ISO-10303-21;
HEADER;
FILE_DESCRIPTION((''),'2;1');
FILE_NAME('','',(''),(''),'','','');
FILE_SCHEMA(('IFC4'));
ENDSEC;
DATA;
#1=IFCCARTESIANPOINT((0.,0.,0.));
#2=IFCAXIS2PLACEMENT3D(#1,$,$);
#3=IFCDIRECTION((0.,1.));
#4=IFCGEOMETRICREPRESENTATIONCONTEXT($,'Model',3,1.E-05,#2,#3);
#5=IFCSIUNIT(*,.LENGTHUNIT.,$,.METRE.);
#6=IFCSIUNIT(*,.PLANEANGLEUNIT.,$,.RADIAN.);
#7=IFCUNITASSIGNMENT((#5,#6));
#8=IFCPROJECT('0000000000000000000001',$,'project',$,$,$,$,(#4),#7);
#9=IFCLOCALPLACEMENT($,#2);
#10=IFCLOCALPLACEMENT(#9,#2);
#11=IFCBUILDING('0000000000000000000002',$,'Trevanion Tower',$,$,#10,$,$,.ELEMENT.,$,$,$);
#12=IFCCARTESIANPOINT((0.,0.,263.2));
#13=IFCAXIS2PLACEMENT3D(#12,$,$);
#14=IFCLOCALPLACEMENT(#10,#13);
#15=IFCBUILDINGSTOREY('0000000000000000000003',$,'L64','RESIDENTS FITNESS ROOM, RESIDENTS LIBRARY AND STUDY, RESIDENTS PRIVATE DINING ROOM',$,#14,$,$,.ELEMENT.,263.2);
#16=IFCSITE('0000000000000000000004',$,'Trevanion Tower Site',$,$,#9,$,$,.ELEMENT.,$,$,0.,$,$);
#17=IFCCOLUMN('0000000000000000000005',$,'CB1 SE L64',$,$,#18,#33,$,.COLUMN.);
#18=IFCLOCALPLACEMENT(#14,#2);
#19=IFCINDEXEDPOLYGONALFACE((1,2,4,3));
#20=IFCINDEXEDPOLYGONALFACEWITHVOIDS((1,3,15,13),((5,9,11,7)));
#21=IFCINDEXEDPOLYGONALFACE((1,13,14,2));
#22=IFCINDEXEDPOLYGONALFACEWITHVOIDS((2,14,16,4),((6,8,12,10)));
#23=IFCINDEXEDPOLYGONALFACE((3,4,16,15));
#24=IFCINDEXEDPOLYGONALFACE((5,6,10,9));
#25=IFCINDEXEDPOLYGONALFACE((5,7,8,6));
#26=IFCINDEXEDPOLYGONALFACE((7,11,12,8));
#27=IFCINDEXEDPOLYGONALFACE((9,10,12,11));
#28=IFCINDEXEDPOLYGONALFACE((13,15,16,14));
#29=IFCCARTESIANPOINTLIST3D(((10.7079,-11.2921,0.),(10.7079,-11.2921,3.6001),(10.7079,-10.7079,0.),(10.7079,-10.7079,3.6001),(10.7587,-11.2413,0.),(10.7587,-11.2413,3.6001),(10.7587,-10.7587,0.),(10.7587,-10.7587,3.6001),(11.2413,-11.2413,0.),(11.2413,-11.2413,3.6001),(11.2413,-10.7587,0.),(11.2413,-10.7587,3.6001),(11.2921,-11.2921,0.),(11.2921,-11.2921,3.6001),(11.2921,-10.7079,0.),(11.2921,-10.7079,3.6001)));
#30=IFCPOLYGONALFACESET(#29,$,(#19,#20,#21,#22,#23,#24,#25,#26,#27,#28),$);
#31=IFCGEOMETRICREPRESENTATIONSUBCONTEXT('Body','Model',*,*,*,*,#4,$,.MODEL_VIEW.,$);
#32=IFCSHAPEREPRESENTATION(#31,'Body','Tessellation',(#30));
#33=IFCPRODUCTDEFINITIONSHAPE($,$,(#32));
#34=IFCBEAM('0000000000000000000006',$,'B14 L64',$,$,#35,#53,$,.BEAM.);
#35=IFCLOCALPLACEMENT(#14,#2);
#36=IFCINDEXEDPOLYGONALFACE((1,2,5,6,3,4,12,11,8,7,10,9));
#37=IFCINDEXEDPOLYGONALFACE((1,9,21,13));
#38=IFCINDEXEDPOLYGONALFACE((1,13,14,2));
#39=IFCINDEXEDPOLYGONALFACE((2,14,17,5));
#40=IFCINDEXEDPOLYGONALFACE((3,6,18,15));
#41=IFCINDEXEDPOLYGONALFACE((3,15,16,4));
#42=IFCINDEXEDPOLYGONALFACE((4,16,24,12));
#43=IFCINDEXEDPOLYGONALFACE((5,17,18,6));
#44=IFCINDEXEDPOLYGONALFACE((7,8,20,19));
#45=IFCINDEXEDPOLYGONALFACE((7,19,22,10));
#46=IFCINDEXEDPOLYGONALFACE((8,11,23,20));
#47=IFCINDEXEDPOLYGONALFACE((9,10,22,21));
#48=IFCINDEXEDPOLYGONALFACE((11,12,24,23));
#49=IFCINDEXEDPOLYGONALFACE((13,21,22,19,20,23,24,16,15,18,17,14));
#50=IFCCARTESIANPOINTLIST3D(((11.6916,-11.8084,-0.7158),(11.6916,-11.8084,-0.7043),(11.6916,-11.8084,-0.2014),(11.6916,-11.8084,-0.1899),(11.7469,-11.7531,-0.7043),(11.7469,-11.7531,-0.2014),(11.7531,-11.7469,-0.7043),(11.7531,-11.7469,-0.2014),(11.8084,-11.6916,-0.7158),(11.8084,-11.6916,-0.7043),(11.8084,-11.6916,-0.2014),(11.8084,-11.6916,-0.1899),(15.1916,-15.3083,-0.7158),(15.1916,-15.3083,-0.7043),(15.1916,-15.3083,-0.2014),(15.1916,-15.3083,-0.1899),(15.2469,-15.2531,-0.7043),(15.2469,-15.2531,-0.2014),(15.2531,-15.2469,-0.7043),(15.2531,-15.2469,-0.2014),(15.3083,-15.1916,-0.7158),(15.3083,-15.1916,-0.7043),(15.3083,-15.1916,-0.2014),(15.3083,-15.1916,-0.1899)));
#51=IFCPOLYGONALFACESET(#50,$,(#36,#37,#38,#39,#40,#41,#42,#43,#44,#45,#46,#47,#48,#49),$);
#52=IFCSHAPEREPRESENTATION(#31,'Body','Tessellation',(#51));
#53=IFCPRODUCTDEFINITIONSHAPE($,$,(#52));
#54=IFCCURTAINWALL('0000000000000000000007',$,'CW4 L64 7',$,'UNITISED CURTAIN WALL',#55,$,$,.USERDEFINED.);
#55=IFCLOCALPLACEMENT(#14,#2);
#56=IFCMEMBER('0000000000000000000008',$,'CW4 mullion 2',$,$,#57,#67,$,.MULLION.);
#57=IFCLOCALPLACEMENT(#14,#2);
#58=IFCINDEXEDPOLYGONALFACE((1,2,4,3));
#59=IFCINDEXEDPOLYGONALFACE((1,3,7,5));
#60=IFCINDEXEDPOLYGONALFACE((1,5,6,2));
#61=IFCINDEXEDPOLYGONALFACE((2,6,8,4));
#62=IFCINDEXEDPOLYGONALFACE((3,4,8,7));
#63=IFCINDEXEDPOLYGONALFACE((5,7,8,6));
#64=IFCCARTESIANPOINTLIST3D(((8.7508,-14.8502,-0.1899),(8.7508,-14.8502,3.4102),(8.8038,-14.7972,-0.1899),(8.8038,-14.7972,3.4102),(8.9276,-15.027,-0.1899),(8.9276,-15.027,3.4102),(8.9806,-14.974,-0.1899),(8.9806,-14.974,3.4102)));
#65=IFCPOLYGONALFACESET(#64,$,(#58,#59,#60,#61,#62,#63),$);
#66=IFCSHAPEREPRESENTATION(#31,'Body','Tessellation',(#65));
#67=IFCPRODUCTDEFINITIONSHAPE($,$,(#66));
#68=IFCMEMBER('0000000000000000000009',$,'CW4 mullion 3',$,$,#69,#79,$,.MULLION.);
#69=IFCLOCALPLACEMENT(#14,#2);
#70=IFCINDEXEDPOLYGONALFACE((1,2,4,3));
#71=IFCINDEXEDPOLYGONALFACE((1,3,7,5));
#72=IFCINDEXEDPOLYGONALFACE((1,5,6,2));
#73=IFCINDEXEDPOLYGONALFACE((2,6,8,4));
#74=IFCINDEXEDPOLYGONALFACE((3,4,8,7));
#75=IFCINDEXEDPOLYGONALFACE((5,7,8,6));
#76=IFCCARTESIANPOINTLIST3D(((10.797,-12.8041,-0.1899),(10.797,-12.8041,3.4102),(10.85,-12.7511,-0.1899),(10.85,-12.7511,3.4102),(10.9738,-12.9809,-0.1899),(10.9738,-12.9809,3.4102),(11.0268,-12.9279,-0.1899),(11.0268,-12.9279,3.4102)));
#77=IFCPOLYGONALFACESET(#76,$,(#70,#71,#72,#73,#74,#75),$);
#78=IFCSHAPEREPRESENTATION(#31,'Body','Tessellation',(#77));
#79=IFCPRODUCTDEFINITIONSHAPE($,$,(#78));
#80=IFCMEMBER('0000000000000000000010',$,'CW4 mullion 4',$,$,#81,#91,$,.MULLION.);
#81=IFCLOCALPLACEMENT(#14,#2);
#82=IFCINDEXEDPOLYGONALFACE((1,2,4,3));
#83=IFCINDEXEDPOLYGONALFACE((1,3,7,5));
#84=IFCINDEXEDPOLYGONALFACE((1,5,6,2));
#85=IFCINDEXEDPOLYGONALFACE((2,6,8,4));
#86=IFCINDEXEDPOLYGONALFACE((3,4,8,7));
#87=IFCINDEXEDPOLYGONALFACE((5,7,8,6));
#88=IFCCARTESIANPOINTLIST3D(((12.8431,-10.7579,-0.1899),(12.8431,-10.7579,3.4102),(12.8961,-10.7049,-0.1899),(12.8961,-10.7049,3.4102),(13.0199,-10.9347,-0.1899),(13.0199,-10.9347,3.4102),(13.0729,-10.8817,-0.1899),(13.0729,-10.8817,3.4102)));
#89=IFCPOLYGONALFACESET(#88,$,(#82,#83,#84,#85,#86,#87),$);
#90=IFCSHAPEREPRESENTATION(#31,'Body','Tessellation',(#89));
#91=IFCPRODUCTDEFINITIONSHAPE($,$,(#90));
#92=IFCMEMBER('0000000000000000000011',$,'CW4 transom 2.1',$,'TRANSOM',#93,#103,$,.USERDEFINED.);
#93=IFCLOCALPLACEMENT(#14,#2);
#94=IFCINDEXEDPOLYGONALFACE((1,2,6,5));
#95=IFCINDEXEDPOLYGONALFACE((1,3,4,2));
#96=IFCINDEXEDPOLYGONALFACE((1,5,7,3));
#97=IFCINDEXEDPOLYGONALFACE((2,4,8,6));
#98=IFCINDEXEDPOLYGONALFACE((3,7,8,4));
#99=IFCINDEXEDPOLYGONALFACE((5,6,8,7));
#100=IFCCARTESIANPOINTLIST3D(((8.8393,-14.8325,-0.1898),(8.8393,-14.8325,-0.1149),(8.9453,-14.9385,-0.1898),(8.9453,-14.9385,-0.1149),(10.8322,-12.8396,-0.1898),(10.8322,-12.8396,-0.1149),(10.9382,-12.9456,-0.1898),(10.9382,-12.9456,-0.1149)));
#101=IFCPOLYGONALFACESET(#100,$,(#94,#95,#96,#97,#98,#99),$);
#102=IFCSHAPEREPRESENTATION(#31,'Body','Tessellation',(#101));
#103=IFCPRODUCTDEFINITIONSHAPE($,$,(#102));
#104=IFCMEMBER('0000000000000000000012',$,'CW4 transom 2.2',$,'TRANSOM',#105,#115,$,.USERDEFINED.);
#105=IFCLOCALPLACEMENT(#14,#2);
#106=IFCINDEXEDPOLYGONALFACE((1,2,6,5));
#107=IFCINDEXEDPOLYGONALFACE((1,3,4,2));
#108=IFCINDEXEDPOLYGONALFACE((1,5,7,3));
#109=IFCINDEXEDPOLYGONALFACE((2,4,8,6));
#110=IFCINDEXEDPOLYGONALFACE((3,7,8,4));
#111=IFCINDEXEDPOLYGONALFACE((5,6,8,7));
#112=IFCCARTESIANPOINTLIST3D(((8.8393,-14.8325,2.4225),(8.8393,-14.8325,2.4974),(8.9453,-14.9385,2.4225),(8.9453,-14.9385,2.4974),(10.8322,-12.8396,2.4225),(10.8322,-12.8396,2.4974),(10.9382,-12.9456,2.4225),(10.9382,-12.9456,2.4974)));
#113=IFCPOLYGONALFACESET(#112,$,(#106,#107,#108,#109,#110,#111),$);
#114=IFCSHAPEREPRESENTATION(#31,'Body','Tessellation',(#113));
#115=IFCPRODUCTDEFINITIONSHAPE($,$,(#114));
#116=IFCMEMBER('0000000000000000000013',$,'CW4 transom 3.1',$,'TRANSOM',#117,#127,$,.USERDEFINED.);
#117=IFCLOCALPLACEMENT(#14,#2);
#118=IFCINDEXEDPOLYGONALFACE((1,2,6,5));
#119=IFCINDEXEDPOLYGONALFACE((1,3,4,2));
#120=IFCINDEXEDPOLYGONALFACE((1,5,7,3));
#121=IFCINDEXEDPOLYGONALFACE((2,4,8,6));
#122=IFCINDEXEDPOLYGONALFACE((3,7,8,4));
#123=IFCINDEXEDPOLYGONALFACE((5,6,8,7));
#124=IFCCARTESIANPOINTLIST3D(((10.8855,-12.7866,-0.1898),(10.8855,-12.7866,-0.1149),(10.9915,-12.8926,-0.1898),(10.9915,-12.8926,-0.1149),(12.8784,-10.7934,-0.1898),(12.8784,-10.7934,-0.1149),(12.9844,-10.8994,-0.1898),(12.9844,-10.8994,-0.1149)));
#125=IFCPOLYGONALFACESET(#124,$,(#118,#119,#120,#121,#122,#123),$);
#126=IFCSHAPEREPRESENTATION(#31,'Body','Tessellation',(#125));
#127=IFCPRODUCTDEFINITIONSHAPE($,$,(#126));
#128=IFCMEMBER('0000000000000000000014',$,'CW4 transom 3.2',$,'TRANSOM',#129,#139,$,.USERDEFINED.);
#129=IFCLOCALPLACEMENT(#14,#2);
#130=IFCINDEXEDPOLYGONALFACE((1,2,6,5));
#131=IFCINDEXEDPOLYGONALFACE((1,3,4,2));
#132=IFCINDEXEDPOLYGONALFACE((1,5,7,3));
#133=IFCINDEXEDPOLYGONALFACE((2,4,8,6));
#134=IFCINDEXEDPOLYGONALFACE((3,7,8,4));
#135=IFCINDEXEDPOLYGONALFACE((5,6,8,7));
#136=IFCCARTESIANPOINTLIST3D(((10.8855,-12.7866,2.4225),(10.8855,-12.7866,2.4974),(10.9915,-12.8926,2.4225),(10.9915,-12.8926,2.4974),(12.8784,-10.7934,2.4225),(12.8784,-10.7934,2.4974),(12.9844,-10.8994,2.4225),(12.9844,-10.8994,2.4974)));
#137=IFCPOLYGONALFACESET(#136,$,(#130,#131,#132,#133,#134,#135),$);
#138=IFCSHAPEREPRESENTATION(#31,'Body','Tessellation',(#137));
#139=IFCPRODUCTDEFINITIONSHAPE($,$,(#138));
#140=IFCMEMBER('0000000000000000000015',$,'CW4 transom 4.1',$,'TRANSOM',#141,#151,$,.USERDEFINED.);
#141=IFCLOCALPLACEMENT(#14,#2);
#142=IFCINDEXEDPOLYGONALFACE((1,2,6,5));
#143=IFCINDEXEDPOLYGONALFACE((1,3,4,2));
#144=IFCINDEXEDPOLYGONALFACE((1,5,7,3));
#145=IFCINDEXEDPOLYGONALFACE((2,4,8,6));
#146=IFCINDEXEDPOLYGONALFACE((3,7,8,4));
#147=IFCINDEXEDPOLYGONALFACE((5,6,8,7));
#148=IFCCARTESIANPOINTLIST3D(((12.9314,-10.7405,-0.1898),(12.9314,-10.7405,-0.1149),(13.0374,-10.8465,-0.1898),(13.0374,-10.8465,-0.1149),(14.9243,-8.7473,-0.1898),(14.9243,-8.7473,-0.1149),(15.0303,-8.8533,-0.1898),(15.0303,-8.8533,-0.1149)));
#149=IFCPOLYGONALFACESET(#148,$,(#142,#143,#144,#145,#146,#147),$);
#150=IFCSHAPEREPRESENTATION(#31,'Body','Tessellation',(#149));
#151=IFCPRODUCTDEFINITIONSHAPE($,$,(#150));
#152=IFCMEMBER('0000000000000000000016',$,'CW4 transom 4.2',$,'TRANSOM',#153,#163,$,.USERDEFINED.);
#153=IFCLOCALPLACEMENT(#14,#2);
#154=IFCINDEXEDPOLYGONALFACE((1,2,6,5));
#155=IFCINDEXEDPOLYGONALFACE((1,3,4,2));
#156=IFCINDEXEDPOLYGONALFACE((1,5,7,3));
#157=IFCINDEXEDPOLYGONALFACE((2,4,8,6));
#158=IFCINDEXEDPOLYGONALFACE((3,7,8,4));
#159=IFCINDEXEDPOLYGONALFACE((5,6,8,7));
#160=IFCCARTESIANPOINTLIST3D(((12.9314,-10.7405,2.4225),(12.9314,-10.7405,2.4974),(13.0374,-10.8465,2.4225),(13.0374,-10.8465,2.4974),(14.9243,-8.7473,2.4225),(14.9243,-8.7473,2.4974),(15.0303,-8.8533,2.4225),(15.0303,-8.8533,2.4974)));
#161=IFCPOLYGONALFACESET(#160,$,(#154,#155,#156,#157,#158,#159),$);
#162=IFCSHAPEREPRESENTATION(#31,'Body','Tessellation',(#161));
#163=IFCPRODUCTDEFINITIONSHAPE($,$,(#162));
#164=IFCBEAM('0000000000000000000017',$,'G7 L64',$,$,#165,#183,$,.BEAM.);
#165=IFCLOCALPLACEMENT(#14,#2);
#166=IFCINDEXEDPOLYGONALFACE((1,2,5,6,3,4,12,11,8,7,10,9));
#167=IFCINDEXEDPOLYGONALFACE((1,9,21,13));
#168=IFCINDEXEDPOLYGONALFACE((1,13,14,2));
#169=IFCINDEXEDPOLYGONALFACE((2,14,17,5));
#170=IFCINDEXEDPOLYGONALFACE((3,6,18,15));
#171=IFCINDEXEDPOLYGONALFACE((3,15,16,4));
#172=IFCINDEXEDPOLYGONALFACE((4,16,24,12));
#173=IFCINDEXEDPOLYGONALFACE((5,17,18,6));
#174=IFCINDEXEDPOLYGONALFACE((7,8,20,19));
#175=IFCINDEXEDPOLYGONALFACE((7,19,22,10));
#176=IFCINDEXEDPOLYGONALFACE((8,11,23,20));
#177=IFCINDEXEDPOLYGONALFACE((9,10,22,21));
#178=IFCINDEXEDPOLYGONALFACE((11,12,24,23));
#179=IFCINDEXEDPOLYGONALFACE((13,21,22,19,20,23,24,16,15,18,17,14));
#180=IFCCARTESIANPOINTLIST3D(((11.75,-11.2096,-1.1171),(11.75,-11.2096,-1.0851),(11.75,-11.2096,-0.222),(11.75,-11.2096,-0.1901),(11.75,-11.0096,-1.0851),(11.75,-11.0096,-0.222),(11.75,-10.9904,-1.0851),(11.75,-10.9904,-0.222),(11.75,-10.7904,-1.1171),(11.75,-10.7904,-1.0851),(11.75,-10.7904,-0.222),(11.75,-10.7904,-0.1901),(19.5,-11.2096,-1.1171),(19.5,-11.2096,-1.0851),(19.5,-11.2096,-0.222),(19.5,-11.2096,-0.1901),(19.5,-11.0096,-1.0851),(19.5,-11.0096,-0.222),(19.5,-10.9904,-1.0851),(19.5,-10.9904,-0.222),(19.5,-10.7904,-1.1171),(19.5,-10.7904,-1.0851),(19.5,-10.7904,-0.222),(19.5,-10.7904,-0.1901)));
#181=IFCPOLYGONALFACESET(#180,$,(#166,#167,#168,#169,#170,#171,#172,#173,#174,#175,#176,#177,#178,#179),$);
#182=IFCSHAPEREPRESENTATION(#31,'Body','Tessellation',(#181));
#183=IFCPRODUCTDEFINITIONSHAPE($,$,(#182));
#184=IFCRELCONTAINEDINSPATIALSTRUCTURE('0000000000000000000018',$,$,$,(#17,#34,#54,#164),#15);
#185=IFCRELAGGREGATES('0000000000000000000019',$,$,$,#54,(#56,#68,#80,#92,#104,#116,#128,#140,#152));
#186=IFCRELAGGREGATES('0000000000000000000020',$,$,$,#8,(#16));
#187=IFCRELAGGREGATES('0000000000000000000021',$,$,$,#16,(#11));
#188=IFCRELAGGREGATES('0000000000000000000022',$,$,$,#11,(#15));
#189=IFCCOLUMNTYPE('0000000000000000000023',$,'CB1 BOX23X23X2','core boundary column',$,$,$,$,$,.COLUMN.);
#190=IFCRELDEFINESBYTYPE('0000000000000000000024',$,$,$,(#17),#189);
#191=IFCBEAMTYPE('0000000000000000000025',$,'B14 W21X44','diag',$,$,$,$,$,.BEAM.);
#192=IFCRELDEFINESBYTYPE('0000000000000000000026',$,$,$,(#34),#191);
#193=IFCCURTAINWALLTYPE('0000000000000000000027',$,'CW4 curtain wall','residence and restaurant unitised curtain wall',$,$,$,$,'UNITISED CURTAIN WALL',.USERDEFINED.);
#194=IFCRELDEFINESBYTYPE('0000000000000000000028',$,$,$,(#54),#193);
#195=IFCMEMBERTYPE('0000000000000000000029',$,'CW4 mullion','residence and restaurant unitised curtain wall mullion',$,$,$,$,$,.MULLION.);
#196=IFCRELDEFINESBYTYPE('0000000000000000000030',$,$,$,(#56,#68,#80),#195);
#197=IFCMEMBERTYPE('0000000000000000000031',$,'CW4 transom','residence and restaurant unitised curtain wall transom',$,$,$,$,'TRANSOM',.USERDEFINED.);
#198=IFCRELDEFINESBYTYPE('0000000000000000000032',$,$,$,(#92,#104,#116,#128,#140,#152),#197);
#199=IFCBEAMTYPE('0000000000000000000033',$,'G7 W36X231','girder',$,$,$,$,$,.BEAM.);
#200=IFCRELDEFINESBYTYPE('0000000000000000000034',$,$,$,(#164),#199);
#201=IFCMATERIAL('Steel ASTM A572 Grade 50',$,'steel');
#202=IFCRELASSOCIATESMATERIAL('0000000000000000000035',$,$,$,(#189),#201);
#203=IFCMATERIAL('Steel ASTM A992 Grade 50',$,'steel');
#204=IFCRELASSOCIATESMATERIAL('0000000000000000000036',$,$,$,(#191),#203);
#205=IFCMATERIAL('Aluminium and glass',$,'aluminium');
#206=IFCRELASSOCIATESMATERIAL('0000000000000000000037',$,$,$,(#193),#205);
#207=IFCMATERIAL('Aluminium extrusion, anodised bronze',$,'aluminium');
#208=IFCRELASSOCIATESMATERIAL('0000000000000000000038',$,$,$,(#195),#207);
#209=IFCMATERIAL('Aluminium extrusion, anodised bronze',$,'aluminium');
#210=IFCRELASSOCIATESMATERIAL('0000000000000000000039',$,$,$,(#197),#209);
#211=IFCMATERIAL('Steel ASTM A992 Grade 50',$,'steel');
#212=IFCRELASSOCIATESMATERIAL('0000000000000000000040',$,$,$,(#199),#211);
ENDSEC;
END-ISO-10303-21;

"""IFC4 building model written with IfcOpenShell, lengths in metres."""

from ifc_helpers import new_model, si_unit, direction, frame, origin, origin_2d, place, context, subcontext, project, spatial, rectangle, hollow_rectangle, i_section, extrude, material, material_profile, profile_set, type_object, element, aggregate, save


model = new_model("IFC4")

# Units and contexts
model_context = context("Model", 3, precision=1e-05, world=origin(), true_north=direction((0.0, 1.0)))
body_context = subcontext(model_context, "Body", "Model", "MODEL_VIEW")
ifc_project = project(units=[si_unit("LENGTHUNIT", "METRE"), si_unit("PLANEANGLEUNIT", "RADIAN")], contexts=[model_context])

# Site, building, storey
site_placement = place(None, origin())
site = spatial("IfcSite", under=ifc_project, at=site_placement, Name="Trevanion Tower Site", CompositionType="ELEMENT", RefElevation=0.0)
building_placement = place(site_placement, origin())
building = spatial("IfcBuilding", under=site, at=building_placement, Name="Trevanion Tower", CompositionType="ELEMENT")
storey_placement = place(building_placement, frame((0.0, 0.0, 263.2)))
storey = spatial("IfcBuildingStorey", under=building, at=storey_placement, Name="L64", Description="RESIDENTS FITNESS ROOM, RESIDENTS LIBRARY AND STUDY, RESIDENTS PRIVATE DINING ROOM", CompositionType="ELEMENT", Elevation=263.2)

# Column
ifc_material_1 = material(Name="Steel ASTM A572 Grade 50", Category="steel")
ifc_material_profile_1 = material_profile(ifc_material_1, hollow_rectangle(XDim=0.5842, YDim=0.5842, WallThickness=0.0508, at=origin_2d()), Name="BOX23X23X2")
ifc_profile_set_1 = profile_set([ifc_material_profile_1], Name="Steel ASTM A572 Grade 50")
column_type = type_object("IfcColumnType", Name="CB1 BOX23X23X2", Description="core boundary column", PredefinedType="COLUMN", material=ifc_profile_set_1)
column_placement = place(storey_placement, frame((11.0, -11.0, 0.0), z_axis=(0.0, 0.0, 1.0), x_axis=(1.0, 0.0, 0.0)))
element("IfcColumn", 1, at=column_placement, inside=storey, type_object=column_type, Name="CB1 SE L64", PredefinedType="COLUMN", context=body_context, shape_type="SweptSolid", body=[
    extrude(hollow_rectangle(XDim=0.5842, YDim=0.5842, WallThickness=0.0508, at=origin_2d()), origin(), (0.0, 0.0, 1.0), 3.6001),
])

# Beam
ifc_material_2 = material(Name="Steel ASTM A992 Grade 50", Category="steel")
ifc_material_profile_2 = material_profile(ifc_material_2, i_section(OverallWidth=0.165, OverallDepth=0.5259, WebThickness=0.0088, FlangeThickness=0.0115, at=origin_2d()), Name="W21X44")
ifc_profile_set_2 = profile_set([ifc_material_profile_2], Name="Steel ASTM A992 Grade 50")
beam_type_1 = type_object("IfcBeamType", Name="B14 W21X44", Description="diag", PredefinedType="BEAM", material=ifc_profile_set_2)
beam_1_placement = place(storey_placement, frame((11.75, -11.75, -0.4529), z_axis=(0.707107, -0.707107, 0.0), x_axis=(0.707107, 0.707107, 0.0)))
element("IfcBeam", 2, at=beam_1_placement, inside=storey, type_object=beam_type_1, Name="B14 L64", PredefinedType="BEAM", context=body_context, shape_type="SweptSolid", body=[
    extrude(i_section(OverallWidth=0.165, OverallDepth=0.5259, WebThickness=0.0088, FlangeThickness=0.0115, at=origin_2d()), origin(), (0.0, 0.0, 1.0), 4.9497),
])

# Curtain wall, members
ifc_material_3 = material(Name="Aluminium and glass", Category="aluminium")
curtain_wall_type = type_object("IfcCurtainWallType", Name="CW4 curtain wall", Description="residence and restaurant unitised curtain wall", ElementType="UNITISED CURTAIN WALL", PredefinedType="USERDEFINED", material=ifc_material_3)
curtain_wall_placement = place(storey_placement, origin())
curtain_wall = element("IfcCurtainWall", 3, at=curtain_wall_placement, inside=storey, type_object=curtain_wall_type, Name="CW4 L64 7", ObjectType="UNITISED CURTAIN WALL", PredefinedType="USERDEFINED")
ifc_material_4 = material(Name="Aluminium extrusion, anodised bronze", Category="aluminium")
ifc_material_profile_3 = material_profile(ifc_material_4, rectangle(XDim=0.075, YDim=0.25, at=origin_2d()), Name="CW4 mullion")
ifc_profile_set_3 = profile_set([ifc_material_profile_3], Name="Aluminium extrusion, anodised bronze")
member_type_1 = type_object("IfcMemberType", Name="CW4 mullion", Description="residence and restaurant unitised curtain wall mullion", PredefinedType="MULLION", material=ifc_profile_set_3)
member_1_placement = place(storey_placement, frame((8.8657, -14.9121, -0.1899), z_axis=(0.0, 0.0, 1.0), x_axis=(0.707107, 0.707107, 0.0)))
member_1 = element("IfcMember", 4, at=member_1_placement, type_object=member_type_1, Name="CW4 mullion 2", PredefinedType="MULLION", context=body_context, shape_type="SweptSolid", body=[
    extrude(rectangle(XDim=0.075, YDim=0.25, at=origin_2d()), origin(), (0.0, 0.0, 1.0), 3.6001),
])
member_2_placement = place(storey_placement, frame((10.9119, -12.866, -0.1899), z_axis=(0.0, 0.0, 1.0), x_axis=(0.707107, 0.707107, 0.0)))
member_2 = element("IfcMember", 5, at=member_2_placement, type_object=member_type_1, Name="CW4 mullion 3", PredefinedType="MULLION", context=body_context, shape_type="SweptSolid", body=[
    extrude(rectangle(XDim=0.075, YDim=0.25, at=origin_2d()), origin(), (0.0, 0.0, 1.0), 3.6001),
])
member_3_placement = place(storey_placement, frame((12.958, -10.8198, -0.1899), z_axis=(0.0, 0.0, 1.0), x_axis=(0.707107, 0.707107, 0.0)))
member_3 = element("IfcMember", 6, at=member_3_placement, type_object=member_type_1, Name="CW4 mullion 4", PredefinedType="MULLION", context=body_context, shape_type="SweptSolid", body=[
    extrude(rectangle(XDim=0.075, YDim=0.25, at=origin_2d()), origin(), (0.0, 0.0, 1.0), 3.6001),
])
ifc_material_5 = material(Name="Aluminium extrusion, anodised bronze", Category="aluminium")
ifc_material_profile_4 = material_profile(ifc_material_5, rectangle(XDim=0.1499, YDim=0.075, at=origin_2d()), Name="CW4 transom")
ifc_profile_set_4 = profile_set([ifc_material_profile_4], Name="Aluminium extrusion, anodised bronze")
member_type_2 = type_object("IfcMemberType", Name="CW4 transom", Description="residence and restaurant unitised curtain wall transom", ElementType="TRANSOM", PredefinedType="USERDEFINED", material=ifc_profile_set_4)
member_4_placement = place(storey_placement, frame((8.8923, -14.8855, -0.1523), z_axis=(0.707107, 0.707107, 0.0), x_axis=(-0.707107, 0.707107, 0.0)))
member_4 = element("IfcMember", 7, at=member_4_placement, type_object=member_type_2, Name="CW4 transom 2.1", ObjectType="TRANSOM", PredefinedType="USERDEFINED", context=body_context, shape_type="SweptSolid", body=[
    extrude(rectangle(XDim=0.1499, YDim=0.075, at=origin_2d()), origin(), (0.0, 0.0, 1.0), 2.8184),
])
member_5_placement = place(storey_placement, frame((8.8923, -14.8855, 2.46), z_axis=(0.707107, 0.707107, 0.0), x_axis=(-0.707107, 0.707107, 0.0)))
member_5 = element("IfcMember", 8, at=member_5_placement, type_object=member_type_2, Name="CW4 transom 2.2", ObjectType="TRANSOM", PredefinedType="USERDEFINED", context=body_context, shape_type="SweptSolid", body=[
    extrude(rectangle(XDim=0.1499, YDim=0.075, at=origin_2d()), origin(), (0.0, 0.0, 1.0), 2.8184),
])
member_6_placement = place(storey_placement, frame((10.9385, -12.8396, -0.1523), z_axis=(0.707063, 0.70715, 0.0), x_axis=(-0.70715, 0.707063, 0.0)))
member_6 = element("IfcMember", 9, at=member_6_placement, type_object=member_type_2, Name="CW4 transom 3.1", ObjectType="TRANSOM", PredefinedType="USERDEFINED", context=body_context, shape_type="SweptSolid", body=[
    extrude(rectangle(XDim=0.1499, YDim=0.075, at=origin_2d()), origin(), (0.0, 0.0, 1.0), 2.8186),
])
member_7_placement = place(storey_placement, frame((10.9385, -12.8396, 2.46), z_axis=(0.707063, 0.70715, 0.0), x_axis=(-0.70715, 0.707063, 0.0)))
member_7 = element("IfcMember", 10, at=member_7_placement, type_object=member_type_2, Name="CW4 transom 3.2", ObjectType="TRANSOM", PredefinedType="USERDEFINED", context=body_context, shape_type="SweptSolid", body=[
    extrude(rectangle(XDim=0.1499, YDim=0.075, at=origin_2d()), origin(), (0.0, 0.0, 1.0), 2.8186),
])
member_8_placement = place(storey_placement, frame((12.9844, -10.7935, -0.1523), z_axis=(0.707063, 0.70715, 0.0), x_axis=(-0.70715, 0.707063, 0.0)))
member_8 = element("IfcMember", 11, at=member_8_placement, type_object=member_type_2, Name="CW4 transom 4.1", ObjectType="TRANSOM", PredefinedType="USERDEFINED", context=body_context, shape_type="SweptSolid", body=[
    extrude(rectangle(XDim=0.1499, YDim=0.075, at=origin_2d()), origin(), (0.0, 0.0, 1.0), 2.8186),
])
member_9_placement = place(storey_placement, frame((12.9844, -10.7935, 2.46), z_axis=(0.707063, 0.70715, 0.0), x_axis=(-0.70715, 0.707063, 0.0)))
member_9 = element("IfcMember", 12, at=member_9_placement, type_object=member_type_2, Name="CW4 transom 4.2", ObjectType="TRANSOM", PredefinedType="USERDEFINED", context=body_context, shape_type="SweptSolid", body=[
    extrude(rectangle(XDim=0.1499, YDim=0.075, at=origin_2d()), origin(), (0.0, 0.0, 1.0), 2.8186),
])

# Beam
ifc_material_6 = material(Name="Steel ASTM A992 Grade 50", Category="steel")
ifc_material_profile_5 = material_profile(ifc_material_6, i_section(OverallWidth=0.4192, OverallDepth=0.927, WebThickness=0.0193, FlangeThickness=0.032, at=origin_2d()), Name="W36X231")
ifc_profile_set_5 = profile_set([ifc_material_profile_5], Name="Steel ASTM A992 Grade 50")
beam_type_2 = type_object("IfcBeamType", Name="G7 W36X231", Description="girder", PredefinedType="BEAM", material=ifc_profile_set_5)
for number, where, z_axis, x_axis, name in (
    (13, (11.75, -11.0, -0.6536), (1.0, 0.0, 0.0), (0.0, 1.0, 0.0), "G7 L64"),
):
    element("IfcBeam", number, at=place(storey_placement, frame(where, z_axis=z_axis, x_axis=x_axis)), inside=storey, type_object=beam_type_2, Name=name, PredefinedType="BEAM", context=body_context, shape_type="SweptSolid", body=[
        extrude(i_section(OverallWidth=0.4192, OverallDepth=0.927, WebThickness=0.0193, FlangeThickness=0.032, at=origin_2d()), origin(), (0.0, 0.0, 1.0), 7.75),
    ])

aggregate(curtain_wall, [member_1, member_2, member_3, member_4, member_5, member_6, member_7, member_8, member_9])

save(model, "model.ifc")
